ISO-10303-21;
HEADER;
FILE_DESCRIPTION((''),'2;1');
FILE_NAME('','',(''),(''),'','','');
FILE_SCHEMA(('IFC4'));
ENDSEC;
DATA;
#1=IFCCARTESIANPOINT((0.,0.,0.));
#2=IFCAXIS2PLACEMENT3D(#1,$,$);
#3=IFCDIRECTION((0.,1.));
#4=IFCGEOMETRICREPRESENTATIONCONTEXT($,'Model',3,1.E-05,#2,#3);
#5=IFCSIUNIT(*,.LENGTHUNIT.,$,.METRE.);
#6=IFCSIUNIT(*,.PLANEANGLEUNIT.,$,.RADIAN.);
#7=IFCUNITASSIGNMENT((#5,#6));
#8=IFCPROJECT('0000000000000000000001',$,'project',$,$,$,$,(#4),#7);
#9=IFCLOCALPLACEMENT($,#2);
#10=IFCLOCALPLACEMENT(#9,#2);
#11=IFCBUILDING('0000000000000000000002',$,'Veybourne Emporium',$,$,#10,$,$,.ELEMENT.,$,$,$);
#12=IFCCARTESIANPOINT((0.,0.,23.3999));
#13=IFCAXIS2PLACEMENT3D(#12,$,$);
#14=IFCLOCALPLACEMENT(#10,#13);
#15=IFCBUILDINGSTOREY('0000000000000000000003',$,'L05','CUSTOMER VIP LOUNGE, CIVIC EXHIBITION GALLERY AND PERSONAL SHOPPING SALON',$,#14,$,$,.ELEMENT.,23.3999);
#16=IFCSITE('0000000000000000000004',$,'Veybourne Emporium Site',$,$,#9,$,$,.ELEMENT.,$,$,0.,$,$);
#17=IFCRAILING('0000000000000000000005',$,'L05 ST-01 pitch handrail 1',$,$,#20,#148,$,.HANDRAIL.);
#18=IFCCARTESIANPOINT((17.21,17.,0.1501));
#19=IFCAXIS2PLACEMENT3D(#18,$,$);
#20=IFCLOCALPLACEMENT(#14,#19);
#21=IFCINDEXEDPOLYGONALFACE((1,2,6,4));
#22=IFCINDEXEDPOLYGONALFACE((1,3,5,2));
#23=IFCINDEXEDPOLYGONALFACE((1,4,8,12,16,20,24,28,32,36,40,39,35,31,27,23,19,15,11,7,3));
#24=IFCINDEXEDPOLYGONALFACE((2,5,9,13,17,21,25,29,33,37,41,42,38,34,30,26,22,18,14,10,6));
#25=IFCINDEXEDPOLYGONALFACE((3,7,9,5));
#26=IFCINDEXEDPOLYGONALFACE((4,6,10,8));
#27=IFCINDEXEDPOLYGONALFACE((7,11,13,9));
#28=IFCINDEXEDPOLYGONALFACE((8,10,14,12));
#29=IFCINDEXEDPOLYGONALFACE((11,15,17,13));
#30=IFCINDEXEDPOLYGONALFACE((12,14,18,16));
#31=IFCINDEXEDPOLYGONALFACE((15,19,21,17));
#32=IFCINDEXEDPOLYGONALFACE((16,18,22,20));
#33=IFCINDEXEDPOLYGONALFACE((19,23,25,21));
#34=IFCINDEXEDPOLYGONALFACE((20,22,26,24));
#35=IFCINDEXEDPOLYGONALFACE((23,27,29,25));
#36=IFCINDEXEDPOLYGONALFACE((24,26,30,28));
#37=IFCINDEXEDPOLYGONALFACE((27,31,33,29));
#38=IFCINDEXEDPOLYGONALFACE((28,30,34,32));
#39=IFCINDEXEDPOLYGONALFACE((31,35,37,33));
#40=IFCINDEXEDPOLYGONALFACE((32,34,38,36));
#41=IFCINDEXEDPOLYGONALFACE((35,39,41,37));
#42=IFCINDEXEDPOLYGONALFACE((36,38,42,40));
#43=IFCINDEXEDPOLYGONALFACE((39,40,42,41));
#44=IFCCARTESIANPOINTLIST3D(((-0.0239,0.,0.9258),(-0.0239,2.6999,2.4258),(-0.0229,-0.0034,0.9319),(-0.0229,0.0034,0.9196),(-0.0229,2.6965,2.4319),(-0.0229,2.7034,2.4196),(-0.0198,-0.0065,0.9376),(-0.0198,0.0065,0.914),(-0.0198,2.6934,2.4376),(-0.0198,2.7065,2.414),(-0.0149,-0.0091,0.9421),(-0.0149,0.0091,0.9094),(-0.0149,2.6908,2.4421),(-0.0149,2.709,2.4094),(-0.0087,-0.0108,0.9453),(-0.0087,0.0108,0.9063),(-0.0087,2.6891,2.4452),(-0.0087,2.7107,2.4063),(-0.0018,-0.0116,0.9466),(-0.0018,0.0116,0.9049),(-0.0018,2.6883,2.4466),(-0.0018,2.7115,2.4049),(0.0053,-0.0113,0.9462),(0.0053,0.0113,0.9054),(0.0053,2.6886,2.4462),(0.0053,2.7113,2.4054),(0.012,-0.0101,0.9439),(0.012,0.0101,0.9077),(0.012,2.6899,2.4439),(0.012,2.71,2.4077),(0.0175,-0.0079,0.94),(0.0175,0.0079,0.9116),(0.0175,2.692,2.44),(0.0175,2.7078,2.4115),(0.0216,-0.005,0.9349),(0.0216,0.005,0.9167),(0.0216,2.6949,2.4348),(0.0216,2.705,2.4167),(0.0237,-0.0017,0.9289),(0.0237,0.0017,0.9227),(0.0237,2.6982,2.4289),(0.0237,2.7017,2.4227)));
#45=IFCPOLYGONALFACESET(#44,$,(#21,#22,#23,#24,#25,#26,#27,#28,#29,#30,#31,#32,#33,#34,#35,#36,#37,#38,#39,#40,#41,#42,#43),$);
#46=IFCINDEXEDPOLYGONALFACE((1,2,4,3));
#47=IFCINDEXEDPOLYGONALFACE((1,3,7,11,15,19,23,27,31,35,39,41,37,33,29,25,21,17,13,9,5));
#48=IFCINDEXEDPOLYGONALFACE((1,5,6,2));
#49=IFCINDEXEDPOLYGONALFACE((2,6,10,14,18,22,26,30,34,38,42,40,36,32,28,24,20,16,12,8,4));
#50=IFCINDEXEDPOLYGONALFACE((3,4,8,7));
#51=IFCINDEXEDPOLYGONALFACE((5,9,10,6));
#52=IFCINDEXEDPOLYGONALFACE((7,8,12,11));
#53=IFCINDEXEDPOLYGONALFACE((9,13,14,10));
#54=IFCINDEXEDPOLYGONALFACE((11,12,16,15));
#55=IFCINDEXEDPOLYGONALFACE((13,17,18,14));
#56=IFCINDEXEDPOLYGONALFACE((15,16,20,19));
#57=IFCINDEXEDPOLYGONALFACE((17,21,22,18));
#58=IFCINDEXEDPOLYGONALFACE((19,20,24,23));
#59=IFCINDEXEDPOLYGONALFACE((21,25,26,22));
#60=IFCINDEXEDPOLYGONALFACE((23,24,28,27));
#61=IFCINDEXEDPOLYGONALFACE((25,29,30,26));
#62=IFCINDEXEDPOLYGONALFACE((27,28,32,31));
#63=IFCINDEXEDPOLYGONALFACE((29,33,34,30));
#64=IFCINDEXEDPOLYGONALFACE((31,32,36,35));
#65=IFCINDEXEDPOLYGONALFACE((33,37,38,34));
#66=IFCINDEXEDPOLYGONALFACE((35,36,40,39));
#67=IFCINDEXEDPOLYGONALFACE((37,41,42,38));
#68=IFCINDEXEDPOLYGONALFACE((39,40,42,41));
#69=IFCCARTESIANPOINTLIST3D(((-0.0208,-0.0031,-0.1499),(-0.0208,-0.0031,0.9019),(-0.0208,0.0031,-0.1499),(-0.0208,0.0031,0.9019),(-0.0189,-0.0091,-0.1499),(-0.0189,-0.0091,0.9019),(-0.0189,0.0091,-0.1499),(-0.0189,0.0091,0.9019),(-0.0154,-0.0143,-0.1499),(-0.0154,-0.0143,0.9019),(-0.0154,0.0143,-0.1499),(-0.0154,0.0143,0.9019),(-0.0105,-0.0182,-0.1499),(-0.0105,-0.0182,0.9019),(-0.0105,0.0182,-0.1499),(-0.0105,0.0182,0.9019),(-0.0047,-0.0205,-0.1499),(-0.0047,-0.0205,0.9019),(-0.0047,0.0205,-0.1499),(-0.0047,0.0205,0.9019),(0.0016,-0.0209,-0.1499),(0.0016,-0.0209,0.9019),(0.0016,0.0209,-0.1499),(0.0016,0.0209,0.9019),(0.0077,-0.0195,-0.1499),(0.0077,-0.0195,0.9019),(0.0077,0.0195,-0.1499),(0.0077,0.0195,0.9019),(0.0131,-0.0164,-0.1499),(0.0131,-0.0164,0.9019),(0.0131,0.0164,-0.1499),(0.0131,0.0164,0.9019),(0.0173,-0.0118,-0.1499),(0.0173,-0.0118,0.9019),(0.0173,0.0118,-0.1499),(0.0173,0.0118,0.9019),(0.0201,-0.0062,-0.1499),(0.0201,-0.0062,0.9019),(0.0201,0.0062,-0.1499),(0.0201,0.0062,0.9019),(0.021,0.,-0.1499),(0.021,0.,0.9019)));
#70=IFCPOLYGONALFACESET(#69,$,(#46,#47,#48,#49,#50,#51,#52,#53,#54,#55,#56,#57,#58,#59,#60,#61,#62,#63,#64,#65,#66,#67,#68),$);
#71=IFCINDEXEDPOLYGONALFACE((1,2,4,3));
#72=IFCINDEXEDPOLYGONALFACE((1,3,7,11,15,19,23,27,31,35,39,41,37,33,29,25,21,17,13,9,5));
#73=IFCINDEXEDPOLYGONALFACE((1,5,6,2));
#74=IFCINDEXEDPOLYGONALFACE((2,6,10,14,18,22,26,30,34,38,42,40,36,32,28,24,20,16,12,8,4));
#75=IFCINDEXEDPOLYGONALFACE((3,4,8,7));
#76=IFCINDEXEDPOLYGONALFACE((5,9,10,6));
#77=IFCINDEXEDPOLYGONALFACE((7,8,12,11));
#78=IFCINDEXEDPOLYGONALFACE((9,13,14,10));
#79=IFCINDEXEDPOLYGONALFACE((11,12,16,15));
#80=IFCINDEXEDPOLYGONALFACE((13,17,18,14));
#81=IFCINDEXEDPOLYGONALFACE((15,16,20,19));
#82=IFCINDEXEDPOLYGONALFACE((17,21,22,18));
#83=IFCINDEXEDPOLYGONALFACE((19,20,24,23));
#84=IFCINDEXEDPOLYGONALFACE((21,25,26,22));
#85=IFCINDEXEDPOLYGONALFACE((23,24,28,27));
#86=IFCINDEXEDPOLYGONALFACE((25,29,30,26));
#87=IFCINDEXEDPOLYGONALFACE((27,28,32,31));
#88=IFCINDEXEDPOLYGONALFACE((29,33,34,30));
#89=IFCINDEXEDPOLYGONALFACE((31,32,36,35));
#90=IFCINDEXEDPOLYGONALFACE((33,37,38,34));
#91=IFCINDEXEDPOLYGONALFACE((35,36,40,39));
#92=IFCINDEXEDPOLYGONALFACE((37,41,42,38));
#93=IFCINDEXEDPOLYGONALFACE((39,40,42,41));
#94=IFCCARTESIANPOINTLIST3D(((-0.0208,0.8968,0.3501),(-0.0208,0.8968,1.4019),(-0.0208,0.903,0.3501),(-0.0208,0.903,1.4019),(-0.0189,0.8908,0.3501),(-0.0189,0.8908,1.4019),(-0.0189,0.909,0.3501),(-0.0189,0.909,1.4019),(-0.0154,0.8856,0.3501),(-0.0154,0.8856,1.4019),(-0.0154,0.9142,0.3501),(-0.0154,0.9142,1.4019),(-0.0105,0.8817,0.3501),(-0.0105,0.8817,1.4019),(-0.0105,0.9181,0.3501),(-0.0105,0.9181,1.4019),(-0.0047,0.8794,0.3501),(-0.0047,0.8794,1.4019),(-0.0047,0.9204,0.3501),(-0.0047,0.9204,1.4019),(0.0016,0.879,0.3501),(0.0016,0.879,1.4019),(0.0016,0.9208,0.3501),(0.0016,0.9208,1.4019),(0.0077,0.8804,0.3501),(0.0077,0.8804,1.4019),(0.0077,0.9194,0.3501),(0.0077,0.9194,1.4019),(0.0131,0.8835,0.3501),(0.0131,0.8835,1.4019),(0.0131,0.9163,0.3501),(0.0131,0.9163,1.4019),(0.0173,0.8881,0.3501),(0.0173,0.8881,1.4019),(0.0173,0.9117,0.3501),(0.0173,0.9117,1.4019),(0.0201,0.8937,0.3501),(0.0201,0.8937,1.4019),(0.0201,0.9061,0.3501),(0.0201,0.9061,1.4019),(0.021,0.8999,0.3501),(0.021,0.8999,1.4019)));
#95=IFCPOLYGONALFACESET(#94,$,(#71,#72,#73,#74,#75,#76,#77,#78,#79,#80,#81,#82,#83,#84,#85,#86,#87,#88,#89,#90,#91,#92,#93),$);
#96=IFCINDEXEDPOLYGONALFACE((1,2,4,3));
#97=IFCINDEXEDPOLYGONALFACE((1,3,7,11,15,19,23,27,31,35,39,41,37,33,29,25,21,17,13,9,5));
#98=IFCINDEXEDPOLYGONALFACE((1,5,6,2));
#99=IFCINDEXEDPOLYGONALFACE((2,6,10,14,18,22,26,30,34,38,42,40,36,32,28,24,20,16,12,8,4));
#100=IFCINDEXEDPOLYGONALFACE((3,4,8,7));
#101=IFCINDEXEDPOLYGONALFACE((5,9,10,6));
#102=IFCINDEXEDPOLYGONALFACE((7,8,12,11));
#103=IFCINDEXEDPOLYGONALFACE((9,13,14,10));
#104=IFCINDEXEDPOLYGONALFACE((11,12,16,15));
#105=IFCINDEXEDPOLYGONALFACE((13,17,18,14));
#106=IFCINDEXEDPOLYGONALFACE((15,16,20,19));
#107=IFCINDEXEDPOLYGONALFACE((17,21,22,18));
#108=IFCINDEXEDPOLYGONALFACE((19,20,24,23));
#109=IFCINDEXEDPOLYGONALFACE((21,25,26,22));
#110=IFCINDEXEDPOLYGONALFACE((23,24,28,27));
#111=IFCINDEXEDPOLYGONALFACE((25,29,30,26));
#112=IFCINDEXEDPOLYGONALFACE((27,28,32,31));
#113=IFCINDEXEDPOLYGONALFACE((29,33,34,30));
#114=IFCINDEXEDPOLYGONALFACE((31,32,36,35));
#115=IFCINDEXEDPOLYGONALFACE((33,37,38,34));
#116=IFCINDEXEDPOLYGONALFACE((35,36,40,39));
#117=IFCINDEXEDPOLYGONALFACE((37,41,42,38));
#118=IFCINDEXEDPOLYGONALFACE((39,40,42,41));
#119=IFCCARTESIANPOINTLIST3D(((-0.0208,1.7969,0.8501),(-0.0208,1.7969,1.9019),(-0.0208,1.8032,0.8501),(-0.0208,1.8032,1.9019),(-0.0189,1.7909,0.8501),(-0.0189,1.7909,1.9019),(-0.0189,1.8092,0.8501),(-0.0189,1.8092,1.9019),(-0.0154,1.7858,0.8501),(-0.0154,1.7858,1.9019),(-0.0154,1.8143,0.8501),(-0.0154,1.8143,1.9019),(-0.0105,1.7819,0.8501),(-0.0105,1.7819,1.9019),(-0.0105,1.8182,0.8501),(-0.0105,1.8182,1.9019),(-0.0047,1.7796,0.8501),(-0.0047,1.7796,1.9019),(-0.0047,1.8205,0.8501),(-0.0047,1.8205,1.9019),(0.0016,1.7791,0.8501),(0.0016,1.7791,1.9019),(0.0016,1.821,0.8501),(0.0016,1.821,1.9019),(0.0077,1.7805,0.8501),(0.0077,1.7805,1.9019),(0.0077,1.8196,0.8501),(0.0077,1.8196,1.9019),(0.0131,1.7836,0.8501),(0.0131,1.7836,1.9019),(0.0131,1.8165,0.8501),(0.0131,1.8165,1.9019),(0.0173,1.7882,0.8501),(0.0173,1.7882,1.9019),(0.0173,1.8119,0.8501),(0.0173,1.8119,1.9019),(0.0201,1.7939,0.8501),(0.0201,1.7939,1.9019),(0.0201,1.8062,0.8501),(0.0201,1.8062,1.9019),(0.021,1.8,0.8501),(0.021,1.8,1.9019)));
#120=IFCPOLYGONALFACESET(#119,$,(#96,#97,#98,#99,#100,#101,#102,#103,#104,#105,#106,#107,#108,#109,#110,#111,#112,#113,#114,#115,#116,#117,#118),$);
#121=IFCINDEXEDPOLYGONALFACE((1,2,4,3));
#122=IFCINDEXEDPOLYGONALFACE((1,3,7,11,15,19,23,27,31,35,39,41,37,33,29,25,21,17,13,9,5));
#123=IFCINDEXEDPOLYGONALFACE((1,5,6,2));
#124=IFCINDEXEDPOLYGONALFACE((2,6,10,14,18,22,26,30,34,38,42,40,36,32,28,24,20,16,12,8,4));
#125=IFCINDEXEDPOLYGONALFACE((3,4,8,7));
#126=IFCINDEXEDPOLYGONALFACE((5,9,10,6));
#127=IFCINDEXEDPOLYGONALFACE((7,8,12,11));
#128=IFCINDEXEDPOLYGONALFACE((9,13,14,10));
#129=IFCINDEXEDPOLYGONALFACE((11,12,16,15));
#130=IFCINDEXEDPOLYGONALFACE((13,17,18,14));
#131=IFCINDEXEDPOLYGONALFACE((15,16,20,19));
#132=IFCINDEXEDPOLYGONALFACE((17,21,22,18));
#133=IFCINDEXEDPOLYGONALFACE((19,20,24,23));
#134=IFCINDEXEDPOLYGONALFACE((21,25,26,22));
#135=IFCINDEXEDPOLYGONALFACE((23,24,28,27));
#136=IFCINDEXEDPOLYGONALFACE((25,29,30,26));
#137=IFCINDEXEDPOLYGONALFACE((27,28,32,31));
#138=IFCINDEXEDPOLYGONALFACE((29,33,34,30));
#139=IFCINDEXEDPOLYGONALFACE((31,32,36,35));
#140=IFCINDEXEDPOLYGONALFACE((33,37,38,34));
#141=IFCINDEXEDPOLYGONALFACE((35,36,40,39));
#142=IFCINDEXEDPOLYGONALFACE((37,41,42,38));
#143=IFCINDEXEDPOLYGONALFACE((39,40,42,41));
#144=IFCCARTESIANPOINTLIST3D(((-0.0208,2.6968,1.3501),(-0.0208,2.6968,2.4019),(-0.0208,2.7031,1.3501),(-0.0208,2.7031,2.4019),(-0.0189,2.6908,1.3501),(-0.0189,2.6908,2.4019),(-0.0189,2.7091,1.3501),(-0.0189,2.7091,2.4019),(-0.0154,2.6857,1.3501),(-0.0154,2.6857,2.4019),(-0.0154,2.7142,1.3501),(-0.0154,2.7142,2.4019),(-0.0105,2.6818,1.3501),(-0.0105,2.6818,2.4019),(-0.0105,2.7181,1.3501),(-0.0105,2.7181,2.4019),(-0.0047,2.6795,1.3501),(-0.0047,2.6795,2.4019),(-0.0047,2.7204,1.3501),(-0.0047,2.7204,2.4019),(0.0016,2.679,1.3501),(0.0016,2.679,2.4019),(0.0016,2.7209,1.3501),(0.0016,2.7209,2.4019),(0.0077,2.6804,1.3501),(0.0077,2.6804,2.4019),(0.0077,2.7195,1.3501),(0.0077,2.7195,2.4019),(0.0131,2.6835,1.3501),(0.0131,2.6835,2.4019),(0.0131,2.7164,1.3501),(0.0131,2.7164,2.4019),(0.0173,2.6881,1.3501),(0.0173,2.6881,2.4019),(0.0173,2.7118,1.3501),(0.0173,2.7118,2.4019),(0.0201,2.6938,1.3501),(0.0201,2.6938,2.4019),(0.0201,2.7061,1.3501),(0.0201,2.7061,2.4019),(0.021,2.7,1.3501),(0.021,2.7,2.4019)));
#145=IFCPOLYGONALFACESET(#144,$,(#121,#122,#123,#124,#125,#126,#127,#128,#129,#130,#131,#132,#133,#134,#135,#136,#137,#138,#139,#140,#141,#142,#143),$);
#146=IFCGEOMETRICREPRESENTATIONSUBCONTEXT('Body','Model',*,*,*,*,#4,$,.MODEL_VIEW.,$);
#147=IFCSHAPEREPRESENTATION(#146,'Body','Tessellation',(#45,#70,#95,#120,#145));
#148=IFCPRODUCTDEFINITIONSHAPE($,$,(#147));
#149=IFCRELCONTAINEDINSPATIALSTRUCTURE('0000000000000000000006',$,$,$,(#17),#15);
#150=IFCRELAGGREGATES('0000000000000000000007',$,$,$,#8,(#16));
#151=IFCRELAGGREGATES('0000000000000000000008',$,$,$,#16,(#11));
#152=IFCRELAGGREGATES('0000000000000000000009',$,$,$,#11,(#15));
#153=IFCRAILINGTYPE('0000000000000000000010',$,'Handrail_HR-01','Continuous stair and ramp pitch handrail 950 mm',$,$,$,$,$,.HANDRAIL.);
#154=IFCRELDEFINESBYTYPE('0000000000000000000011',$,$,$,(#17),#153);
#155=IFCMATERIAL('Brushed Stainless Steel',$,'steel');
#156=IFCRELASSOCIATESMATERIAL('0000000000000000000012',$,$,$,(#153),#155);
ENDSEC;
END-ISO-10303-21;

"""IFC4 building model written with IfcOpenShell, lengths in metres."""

from ifc_helpers import new_model, si_unit, direction, frame, origin, origin_2d, place, context, subcontext, project, spatial, circle, extrude, material, type_object, element, save


model = new_model("IFC4")

# Units and contexts
model_context = context("Model", 3, precision=1e-05, world=origin(), true_north=direction((0.0, 1.0)))
body_context = subcontext(model_context, "Body", "Model", "MODEL_VIEW")
ifc_project = project(units=[si_unit("LENGTHUNIT", "METRE"), si_unit("PLANEANGLEUNIT", "RADIAN")], contexts=[model_context])

# Site, building, storey
site_placement = place(None, origin())
site = spatial("IfcSite", under=ifc_project, at=site_placement, Name="Veybourne Emporium Site", CompositionType="ELEMENT", RefElevation=0.0)
building_placement = place(site_placement, origin())
building = spatial("IfcBuilding", under=site, at=building_placement, Name="Veybourne Emporium", CompositionType="ELEMENT")
storey_placement = place(building_placement, frame((0.0, 0.0, 23.3999)))
storey = spatial("IfcBuildingStorey", under=building, at=storey_placement, Name="L05", Description="CUSTOMER VIP LOUNGE, CIVIC EXHIBITION GALLERY AND PERSONAL SHOPPING SALON", CompositionType="ELEMENT", Elevation=23.3999)

# Railing
ifc_material_1 = material(Name="Brushed Stainless Steel", Category="steel")
railing_type_1 = type_object("IfcRailingType", Name="Handrail_HR-01", Description="Continuous stair and ramp pitch handrail 950 mm", PredefinedType="HANDRAIL", material=ifc_material_1)
railing_1_placement = place(storey_placement, frame((17.21, 17.0, 0.1501)))
element("IfcRailing", 1, at=railing_1_placement, inside=storey, type_object=railing_type_1, Name="L05 ST-01 pitch handrail 1", PredefinedType="HANDRAIL", context=body_context, shape_type="SweptSolid", body=[
    extrude(circle(Radius=0.0239, at=origin_2d()), frame((0.0, 0.0, 0.9258), z_axis=(0.0, 0.874154, 0.48565), x_axis=(-1.0, 0.0, 0.0)), (0.0, 0.0, 1.0), 3.0886),
    extrude(circle(Radius=0.021, at=origin_2d()), frame((0.0, 0.0, -0.1499)), (0.0, 0.0, 1.0), 1.0518),
    extrude(circle(Radius=0.021, at=origin_2d()), frame((0.0, 0.8999, 0.3501)), (0.0, 0.0, 1.0), 1.0518),
    extrude(circle(Radius=0.021, at=origin_2d()), frame((0.0, 1.8, 0.8501)), (0.0, 0.0, 1.0), 1.0518),
    extrude(circle(Radius=0.021, at=origin_2d()), frame((0.0, 2.7, 1.3501)), (0.0, 0.0, 1.0), 1.0518),
])

save(model, "model.ifc")
